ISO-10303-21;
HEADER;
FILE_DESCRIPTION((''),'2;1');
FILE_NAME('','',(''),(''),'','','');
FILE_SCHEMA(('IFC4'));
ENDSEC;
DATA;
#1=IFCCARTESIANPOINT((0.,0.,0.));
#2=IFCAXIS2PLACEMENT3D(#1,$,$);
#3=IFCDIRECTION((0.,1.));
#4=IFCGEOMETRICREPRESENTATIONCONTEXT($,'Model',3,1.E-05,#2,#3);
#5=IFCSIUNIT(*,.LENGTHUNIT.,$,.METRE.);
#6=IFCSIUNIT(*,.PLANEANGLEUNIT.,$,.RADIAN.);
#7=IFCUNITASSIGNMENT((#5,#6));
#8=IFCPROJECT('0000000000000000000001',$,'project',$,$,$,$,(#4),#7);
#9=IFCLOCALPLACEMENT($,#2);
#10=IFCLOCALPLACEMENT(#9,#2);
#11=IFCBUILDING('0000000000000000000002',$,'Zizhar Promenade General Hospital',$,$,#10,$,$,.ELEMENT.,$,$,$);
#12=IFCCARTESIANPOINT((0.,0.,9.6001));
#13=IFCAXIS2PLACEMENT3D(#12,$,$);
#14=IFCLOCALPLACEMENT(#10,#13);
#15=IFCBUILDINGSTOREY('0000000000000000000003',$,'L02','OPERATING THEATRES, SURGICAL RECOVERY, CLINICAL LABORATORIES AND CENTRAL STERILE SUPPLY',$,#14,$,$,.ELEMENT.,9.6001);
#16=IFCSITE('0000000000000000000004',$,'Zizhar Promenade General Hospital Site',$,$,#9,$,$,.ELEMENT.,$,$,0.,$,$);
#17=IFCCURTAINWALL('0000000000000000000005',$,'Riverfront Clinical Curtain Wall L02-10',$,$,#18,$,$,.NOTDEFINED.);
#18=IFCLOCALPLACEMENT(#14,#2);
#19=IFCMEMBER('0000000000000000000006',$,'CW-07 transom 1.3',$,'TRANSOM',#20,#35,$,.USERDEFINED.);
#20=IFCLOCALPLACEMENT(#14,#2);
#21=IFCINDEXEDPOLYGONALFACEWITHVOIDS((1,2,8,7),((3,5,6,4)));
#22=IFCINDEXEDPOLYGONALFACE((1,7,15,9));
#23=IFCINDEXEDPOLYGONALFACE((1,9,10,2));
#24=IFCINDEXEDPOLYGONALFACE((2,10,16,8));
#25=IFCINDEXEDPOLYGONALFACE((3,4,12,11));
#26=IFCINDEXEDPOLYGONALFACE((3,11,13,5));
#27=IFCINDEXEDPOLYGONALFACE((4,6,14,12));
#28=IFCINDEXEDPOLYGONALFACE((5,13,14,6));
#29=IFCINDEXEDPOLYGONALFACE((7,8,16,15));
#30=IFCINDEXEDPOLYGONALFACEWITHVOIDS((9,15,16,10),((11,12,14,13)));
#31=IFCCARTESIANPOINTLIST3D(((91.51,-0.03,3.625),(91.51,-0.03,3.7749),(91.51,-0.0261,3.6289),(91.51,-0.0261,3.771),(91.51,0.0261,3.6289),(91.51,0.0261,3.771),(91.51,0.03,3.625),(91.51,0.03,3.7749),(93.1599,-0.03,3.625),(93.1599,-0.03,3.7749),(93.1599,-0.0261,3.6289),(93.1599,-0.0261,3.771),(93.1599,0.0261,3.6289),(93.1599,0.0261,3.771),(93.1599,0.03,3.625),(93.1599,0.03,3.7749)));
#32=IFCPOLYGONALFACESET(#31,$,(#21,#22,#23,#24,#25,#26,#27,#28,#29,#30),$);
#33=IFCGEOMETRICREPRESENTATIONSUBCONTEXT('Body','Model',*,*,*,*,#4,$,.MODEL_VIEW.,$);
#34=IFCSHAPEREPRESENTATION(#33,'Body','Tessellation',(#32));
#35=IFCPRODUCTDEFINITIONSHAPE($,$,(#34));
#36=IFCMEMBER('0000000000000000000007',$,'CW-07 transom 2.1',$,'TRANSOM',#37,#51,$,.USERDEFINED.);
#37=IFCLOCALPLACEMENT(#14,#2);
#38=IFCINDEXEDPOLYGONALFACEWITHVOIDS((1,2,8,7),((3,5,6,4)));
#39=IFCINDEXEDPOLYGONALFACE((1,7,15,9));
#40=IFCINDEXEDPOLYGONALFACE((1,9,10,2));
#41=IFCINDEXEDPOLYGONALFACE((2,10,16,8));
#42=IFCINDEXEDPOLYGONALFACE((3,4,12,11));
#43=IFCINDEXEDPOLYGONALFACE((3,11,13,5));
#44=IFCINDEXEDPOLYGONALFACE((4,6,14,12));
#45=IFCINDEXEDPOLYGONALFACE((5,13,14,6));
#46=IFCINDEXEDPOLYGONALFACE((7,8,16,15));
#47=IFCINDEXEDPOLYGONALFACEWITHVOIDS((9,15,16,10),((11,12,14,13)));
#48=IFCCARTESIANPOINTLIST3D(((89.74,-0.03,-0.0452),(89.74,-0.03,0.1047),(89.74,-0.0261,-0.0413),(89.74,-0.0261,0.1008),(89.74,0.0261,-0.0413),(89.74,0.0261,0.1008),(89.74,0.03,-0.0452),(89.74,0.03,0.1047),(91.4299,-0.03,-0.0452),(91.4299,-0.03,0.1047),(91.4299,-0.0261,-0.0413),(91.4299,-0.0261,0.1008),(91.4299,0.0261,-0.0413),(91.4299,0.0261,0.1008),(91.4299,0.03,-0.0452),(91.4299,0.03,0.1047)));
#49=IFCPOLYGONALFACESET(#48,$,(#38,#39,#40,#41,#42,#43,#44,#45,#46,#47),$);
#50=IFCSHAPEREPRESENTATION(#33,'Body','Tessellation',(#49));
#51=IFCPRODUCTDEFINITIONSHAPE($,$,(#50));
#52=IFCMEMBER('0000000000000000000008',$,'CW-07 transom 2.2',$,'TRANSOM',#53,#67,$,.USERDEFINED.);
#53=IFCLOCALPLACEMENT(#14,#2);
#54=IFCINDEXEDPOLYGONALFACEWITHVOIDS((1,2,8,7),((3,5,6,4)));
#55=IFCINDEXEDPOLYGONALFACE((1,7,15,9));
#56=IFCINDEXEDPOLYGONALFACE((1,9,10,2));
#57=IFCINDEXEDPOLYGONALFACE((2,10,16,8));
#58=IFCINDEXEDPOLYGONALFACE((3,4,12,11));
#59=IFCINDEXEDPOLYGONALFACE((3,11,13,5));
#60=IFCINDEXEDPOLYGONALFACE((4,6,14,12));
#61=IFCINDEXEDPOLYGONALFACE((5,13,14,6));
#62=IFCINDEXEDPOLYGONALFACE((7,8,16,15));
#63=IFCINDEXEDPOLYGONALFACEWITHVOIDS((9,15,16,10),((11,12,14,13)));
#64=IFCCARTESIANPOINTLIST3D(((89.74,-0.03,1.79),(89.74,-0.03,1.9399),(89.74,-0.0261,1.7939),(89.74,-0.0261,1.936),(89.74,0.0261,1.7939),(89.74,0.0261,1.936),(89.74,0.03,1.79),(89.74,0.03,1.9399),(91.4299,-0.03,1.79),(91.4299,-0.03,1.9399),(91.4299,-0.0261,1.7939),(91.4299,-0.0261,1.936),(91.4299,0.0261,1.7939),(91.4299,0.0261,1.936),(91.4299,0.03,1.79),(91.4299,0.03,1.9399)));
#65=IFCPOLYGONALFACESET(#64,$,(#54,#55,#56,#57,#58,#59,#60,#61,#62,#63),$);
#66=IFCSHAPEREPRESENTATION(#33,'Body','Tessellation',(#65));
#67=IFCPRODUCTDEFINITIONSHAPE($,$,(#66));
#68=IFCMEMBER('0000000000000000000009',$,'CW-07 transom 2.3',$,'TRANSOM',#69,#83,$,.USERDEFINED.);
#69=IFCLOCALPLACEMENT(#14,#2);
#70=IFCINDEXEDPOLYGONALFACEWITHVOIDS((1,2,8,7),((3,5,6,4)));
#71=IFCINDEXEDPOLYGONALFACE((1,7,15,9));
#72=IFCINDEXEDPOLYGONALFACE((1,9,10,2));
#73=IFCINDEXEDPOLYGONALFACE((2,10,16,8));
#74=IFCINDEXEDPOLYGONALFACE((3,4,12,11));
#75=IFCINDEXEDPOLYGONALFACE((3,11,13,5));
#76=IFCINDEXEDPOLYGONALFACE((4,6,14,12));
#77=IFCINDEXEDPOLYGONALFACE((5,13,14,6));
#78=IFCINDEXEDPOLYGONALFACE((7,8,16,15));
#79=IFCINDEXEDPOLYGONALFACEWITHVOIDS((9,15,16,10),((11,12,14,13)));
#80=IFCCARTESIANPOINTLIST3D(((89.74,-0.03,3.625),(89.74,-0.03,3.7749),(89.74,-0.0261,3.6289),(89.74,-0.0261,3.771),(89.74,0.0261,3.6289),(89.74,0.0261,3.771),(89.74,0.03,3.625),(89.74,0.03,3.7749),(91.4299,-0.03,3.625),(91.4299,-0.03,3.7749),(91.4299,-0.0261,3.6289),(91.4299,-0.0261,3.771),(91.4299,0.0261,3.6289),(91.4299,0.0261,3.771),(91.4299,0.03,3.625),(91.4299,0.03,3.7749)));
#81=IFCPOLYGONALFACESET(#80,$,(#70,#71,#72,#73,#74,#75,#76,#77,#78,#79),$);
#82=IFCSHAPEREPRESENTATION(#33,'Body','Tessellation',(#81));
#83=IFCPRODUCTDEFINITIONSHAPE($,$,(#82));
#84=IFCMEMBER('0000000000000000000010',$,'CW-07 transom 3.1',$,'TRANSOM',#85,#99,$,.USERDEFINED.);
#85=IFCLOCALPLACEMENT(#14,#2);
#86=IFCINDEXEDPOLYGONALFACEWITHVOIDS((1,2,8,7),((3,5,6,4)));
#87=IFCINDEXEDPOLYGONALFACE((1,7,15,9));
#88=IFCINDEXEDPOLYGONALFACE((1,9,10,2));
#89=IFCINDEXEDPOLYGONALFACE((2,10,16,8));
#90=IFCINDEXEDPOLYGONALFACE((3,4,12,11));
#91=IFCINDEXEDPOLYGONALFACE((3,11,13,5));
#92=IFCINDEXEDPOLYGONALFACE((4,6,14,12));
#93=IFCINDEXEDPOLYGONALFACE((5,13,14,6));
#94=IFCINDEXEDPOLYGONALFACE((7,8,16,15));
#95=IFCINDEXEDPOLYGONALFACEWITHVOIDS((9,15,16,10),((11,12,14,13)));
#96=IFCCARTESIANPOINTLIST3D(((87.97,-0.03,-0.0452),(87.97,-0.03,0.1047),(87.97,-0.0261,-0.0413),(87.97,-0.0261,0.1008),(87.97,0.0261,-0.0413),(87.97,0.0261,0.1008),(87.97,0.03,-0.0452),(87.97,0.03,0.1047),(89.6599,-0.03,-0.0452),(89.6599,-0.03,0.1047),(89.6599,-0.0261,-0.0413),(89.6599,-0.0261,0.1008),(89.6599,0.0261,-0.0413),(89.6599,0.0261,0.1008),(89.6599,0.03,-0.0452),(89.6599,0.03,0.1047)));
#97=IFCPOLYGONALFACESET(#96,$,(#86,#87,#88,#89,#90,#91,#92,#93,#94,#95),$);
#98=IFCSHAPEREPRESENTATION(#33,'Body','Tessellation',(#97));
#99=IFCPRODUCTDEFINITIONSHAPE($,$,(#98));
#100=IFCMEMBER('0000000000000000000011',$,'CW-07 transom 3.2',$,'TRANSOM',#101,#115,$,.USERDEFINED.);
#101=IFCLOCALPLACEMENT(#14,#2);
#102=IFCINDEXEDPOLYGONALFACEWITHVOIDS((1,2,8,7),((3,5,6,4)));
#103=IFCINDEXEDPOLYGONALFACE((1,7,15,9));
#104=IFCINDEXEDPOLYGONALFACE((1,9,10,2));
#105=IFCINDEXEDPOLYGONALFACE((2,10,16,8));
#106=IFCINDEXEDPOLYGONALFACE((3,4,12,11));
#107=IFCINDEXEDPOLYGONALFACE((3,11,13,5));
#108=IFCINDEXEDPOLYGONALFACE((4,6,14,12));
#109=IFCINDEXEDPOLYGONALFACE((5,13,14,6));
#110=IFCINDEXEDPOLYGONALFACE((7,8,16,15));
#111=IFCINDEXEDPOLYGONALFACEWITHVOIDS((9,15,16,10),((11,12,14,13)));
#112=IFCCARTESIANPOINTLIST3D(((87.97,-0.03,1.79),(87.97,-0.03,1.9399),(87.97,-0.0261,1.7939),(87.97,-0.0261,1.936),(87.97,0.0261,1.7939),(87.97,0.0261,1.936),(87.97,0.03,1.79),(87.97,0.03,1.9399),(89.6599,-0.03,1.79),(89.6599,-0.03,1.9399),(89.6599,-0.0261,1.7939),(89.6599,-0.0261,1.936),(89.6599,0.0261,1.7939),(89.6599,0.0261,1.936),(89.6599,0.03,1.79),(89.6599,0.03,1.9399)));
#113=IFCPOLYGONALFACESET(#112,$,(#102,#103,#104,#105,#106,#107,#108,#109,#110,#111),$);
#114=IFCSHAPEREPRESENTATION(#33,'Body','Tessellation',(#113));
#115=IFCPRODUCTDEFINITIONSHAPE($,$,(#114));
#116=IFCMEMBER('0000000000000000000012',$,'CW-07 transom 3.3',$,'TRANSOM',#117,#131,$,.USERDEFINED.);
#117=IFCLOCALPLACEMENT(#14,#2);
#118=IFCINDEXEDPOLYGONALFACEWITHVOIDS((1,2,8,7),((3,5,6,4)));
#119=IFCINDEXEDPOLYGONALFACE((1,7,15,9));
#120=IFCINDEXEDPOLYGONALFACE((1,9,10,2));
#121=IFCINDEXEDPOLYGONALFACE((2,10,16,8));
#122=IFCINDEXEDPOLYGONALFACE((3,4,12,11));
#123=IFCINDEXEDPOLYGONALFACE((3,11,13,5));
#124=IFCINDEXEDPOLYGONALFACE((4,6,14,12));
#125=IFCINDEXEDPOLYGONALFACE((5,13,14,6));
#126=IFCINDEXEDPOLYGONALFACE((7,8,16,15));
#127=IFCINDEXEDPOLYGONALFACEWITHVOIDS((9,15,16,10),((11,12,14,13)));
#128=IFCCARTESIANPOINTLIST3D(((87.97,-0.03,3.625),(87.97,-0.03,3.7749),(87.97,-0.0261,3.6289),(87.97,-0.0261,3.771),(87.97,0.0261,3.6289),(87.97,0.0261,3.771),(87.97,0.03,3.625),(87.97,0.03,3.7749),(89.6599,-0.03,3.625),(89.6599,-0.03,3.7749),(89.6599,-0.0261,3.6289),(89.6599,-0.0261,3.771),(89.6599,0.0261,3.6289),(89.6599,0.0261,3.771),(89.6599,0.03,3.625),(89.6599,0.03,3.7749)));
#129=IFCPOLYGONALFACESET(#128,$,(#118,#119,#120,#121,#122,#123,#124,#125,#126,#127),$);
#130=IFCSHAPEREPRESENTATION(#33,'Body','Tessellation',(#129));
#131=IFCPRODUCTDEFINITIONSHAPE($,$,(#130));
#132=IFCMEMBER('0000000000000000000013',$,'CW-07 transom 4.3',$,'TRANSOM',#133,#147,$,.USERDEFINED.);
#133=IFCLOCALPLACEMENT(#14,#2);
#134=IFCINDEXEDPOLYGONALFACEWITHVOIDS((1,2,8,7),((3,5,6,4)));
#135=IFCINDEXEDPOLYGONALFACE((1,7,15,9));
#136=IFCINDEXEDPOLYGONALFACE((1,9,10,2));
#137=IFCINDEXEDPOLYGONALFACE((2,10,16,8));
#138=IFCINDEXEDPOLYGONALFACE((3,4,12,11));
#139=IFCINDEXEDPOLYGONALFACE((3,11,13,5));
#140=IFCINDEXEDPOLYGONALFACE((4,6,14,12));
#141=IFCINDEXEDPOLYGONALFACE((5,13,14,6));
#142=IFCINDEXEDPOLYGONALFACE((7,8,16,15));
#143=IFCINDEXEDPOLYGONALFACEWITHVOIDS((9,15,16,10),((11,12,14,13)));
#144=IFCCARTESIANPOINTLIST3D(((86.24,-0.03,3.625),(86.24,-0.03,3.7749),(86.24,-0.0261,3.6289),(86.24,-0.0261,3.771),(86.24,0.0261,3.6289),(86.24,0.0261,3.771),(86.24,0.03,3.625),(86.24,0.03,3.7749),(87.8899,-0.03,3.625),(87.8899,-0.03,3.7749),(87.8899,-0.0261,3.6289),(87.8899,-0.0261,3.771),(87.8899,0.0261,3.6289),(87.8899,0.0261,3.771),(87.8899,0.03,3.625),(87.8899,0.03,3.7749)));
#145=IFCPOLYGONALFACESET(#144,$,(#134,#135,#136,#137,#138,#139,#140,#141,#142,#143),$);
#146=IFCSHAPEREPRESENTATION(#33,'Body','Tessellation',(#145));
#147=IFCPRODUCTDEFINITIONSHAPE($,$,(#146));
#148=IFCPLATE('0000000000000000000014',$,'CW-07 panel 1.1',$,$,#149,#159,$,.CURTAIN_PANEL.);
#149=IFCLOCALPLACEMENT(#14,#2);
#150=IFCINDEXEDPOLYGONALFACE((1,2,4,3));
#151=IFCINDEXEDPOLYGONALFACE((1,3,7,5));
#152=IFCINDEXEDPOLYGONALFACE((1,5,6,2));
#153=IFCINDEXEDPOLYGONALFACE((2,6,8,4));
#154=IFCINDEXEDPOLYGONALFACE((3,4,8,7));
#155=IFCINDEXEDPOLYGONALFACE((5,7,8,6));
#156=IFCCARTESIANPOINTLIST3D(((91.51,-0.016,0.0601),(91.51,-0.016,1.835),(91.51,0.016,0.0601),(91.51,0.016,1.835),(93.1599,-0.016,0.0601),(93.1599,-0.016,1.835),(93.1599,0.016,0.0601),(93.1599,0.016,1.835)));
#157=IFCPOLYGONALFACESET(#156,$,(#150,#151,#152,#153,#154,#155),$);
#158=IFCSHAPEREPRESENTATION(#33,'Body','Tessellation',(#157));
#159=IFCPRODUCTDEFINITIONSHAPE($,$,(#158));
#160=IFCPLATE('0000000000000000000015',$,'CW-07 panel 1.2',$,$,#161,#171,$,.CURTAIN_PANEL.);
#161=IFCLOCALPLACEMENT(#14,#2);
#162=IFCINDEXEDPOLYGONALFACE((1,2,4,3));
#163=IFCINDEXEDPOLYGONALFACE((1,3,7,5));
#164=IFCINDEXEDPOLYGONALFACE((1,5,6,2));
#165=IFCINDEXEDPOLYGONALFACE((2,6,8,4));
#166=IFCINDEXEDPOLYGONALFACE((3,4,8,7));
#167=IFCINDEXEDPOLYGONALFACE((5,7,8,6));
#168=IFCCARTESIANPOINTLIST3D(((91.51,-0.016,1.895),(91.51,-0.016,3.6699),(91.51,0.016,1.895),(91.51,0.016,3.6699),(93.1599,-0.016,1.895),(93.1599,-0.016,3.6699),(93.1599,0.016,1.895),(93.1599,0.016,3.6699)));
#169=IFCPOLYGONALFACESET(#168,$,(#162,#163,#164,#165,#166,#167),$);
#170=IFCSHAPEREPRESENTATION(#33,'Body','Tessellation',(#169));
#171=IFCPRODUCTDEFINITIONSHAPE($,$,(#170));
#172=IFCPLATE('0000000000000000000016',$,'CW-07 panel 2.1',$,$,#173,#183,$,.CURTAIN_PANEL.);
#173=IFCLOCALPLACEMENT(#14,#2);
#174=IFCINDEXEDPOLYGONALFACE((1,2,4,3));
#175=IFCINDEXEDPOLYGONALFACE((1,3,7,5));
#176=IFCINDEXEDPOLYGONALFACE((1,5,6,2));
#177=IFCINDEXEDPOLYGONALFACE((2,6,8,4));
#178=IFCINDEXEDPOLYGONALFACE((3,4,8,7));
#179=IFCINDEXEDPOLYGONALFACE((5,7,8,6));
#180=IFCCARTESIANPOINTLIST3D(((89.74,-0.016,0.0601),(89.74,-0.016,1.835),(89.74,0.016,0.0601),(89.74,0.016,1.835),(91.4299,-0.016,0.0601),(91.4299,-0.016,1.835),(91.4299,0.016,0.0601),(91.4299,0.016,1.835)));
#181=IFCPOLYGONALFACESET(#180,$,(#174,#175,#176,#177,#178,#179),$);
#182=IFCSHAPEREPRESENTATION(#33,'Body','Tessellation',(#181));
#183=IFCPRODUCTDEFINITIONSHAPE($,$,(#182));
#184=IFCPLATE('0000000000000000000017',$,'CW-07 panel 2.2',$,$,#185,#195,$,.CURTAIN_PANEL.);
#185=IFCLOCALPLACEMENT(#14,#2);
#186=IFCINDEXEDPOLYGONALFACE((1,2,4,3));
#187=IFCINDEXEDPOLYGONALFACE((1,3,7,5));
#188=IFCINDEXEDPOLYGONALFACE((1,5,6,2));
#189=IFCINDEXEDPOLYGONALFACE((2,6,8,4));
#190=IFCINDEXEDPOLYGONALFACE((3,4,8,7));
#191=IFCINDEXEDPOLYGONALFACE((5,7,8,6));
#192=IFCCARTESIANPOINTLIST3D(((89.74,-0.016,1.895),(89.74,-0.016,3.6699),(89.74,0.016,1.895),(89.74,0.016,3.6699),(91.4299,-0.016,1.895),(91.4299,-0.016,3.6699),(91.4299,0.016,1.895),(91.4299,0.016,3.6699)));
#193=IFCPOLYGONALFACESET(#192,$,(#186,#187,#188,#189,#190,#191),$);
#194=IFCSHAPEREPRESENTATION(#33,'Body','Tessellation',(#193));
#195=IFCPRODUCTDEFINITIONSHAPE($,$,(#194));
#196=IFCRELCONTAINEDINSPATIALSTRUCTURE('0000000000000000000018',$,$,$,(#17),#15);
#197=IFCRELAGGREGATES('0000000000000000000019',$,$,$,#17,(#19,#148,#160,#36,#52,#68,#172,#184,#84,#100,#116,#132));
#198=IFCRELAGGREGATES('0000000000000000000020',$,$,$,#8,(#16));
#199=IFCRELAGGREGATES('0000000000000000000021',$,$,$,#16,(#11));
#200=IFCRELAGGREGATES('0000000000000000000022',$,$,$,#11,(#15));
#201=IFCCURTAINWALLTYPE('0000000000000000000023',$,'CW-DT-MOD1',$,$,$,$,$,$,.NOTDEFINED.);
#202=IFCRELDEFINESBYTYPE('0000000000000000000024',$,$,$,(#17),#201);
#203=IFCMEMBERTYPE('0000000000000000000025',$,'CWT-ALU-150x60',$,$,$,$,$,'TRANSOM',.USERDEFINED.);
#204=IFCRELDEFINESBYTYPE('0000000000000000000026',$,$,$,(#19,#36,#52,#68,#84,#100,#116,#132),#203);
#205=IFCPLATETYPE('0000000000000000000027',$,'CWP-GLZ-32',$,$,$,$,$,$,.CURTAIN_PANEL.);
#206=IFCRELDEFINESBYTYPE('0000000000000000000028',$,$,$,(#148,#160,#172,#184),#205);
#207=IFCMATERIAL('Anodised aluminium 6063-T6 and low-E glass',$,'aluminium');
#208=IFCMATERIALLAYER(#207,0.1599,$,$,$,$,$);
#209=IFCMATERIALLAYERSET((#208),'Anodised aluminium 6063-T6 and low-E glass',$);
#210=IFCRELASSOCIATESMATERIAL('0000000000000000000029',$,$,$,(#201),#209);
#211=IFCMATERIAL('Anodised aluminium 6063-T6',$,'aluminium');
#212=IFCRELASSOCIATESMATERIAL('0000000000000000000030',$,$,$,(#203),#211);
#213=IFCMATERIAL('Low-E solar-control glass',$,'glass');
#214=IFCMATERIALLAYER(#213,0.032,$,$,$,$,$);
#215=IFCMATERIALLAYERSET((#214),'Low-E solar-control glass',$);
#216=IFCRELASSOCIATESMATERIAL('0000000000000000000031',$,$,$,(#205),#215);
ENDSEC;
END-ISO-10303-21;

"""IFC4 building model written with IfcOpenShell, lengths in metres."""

from ifc_helpers import new_model, si_unit, direction, frame, origin, origin_2d, place, context, subcontext, project, spatial, rectangle, hollow_rectangle, extrude, material, layer, layer_set, material_profile, profile_set, type_object, element, aggregate, save


model = new_model("IFC4")

# Units and contexts
model_context = context("Model", 3, precision=1e-05, world=origin(), true_north=direction((0.0, 1.0)))
body_context = subcontext(model_context, "Body", "Model", "MODEL_VIEW")
ifc_project = project(units=[si_unit("LENGTHUNIT", "METRE"), si_unit("PLANEANGLEUNIT", "RADIAN")], contexts=[model_context])

# Site, building, storey
site_placement = place(None, origin())
site = spatial("IfcSite", under=ifc_project, at=site_placement, Name="Zizhar Promenade General Hospital Site", CompositionType="ELEMENT", RefElevation=0.0)
building_placement = place(site_placement, origin())
building = spatial("IfcBuilding", under=site, at=building_placement, Name="Zizhar Promenade General Hospital", CompositionType="ELEMENT")
storey_placement = place(building_placement, frame((0.0, 0.0, 9.6001)))
storey = spatial("IfcBuildingStorey", under=building, at=storey_placement, Name="L02", Description="OPERATING THEATRES, SURGICAL RECOVERY, CLINICAL LABORATORIES AND CENTRAL STERILE SUPPLY", CompositionType="ELEMENT", Elevation=9.6001)

# Curtain wall, members, plates
ifc_material_1 = material(Name="Anodised aluminium 6063-T6 and low-E glass", Category="aluminium")
ifc_layer_1 = layer(ifc_material_1, 0.1599)
ifc_layer_set_1 = layer_set([ifc_layer_1], Name="Anodised aluminium 6063-T6 and low-E glass")
curtain_wall_type = type_object("IfcCurtainWallType", Name="CW-DT-MOD1", PredefinedType="NOTDEFINED", material=ifc_layer_set_1)
curtain_wall_placement = place(storey_placement, origin())
curtain_wall = element("IfcCurtainWall", 1, at=curtain_wall_placement, inside=storey, type_object=curtain_wall_type, Name="Riverfront Clinical Curtain Wall L02-10", PredefinedType="NOTDEFINED")
ifc_material_2 = material(Name="Anodised aluminium 6063-T6", Category="aluminium")
ifc_material_profile_1 = material_profile(ifc_material_2, hollow_rectangle(XDim=0.0601, YDim=0.1499, WallThickness=0.0039, at=origin_2d()))
ifc_profile_set_1 = profile_set([ifc_material_profile_1], Name="Anodised aluminium 6063-T6")
member_type_1 = type_object("IfcMemberType", Name="CWT-ALU-150x60", ElementType="TRANSOM", PredefinedType="USERDEFINED", material=ifc_profile_set_1)
member_1_placement = place(storey_placement, frame((93.1599, 0.0, 3.7), z_axis=(-1.0, 0.0, 0.0), x_axis=(0.0, -1.0, 0.0)))
member_1 = element("IfcMember", 2, at=member_1_placement, type_object=member_type_1, Name="CW-07 transom 1.3", ObjectType="TRANSOM", PredefinedType="USERDEFINED", context=body_context, shape_type="SweptSolid", body=[
    extrude(hollow_rectangle(XDim=0.0601, YDim=0.1499, WallThickness=0.0039, at=origin_2d()), origin(), (0.0, 0.0, 1.0), 1.6499),
])
member_2_placement = place(storey_placement, frame((91.4299, 0.0, 0.0298), z_axis=(-1.0, 0.0, 0.0), x_axis=(0.0, -1.0, 0.0)))
member_2 = element("IfcMember", 3, at=member_2_placement, type_object=member_type_1, Name="CW-07 transom 2.1", ObjectType="TRANSOM", PredefinedType="USERDEFINED", context=body_context, shape_type="SweptSolid", body=[
    extrude(hollow_rectangle(XDim=0.0601, YDim=0.1499, WallThickness=0.0039, at=origin_2d()), origin(), (0.0, 0.0, 1.0), 1.6899),
])
member_3_placement = place(storey_placement, frame((91.4299, 0.0, 1.865), z_axis=(-1.0, 0.0, 0.0), x_axis=(0.0, -1.0, 0.0)))
member_3 = element("IfcMember", 4, at=member_3_placement, type_object=member_type_1, Name="CW-07 transom 2.2", ObjectType="TRANSOM", PredefinedType="USERDEFINED", context=body_context, shape_type="SweptSolid", body=[
    extrude(hollow_rectangle(XDim=0.0601, YDim=0.1499, WallThickness=0.0039, at=origin_2d()), origin(), (0.0, 0.0, 1.0), 1.6899),
])
member_4_placement = place(storey_placement, frame((91.4299, 0.0, 3.7), z_axis=(-1.0, 0.0, 0.0), x_axis=(0.0, -1.0, 0.0)))
member_4 = element("IfcMember", 5, at=member_4_placement, type_object=member_type_1, Name="CW-07 transom 2.3", ObjectType="TRANSOM", PredefinedType="USERDEFINED", context=body_context, shape_type="SweptSolid", body=[
    extrude(hollow_rectangle(XDim=0.0601, YDim=0.1499, WallThickness=0.0039, at=origin_2d()), origin(), (0.0, 0.0, 1.0), 1.6899),
])
member_5_placement = place(storey_placement, frame((89.6599, 0.0, 0.0298), z_axis=(-1.0, 0.0, 0.0), x_axis=(0.0, -1.0, 0.0)))
member_5 = element("IfcMember", 6, at=member_5_placement, type_object=member_type_1, Name="CW-07 transom 3.1", ObjectType="TRANSOM", PredefinedType="USERDEFINED", context=body_context, shape_type="SweptSolid", body=[
    extrude(hollow_rectangle(XDim=0.0601, YDim=0.1499, WallThickness=0.0039, at=origin_2d()), origin(), (0.0, 0.0, 1.0), 1.6899),
])
member_6_placement = place(storey_placement, frame((89.6599, 0.0, 1.865), z_axis=(-1.0, 0.0, 0.0), x_axis=(0.0, -1.0, 0.0)))
member_6 = element("IfcMember", 7, at=member_6_placement, type_object=member_type_1, Name="CW-07 transom 3.2", ObjectType="TRANSOM", PredefinedType="USERDEFINED", context=body_context, shape_type="SweptSolid", body=[
    extrude(hollow_rectangle(XDim=0.0601, YDim=0.1499, WallThickness=0.0039, at=origin_2d()), origin(), (0.0, 0.0, 1.0), 1.6899),
])
member_7_placement = place(storey_placement, frame((89.6599, 0.0, 3.7), z_axis=(-1.0, 0.0, 0.0), x_axis=(0.0, -1.0, 0.0)))
member_7 = element("IfcMember", 8, at=member_7_placement, type_object=member_type_1, Name="CW-07 transom 3.3", ObjectType="TRANSOM", PredefinedType="USERDEFINED", context=body_context, shape_type="SweptSolid", body=[
    extrude(hollow_rectangle(XDim=0.0601, YDim=0.1499, WallThickness=0.0039, at=origin_2d()), origin(), (0.0, 0.0, 1.0), 1.6899),
])
member_8_placement = place(storey_placement, frame((87.8899, 0.0, 3.7), z_axis=(-1.0, 0.0, 0.0), x_axis=(0.0, -1.0, 0.0)))
member_8 = element("IfcMember", 9, at=member_8_placement, type_object=member_type_1, Name="CW-07 transom 4.3", ObjectType="TRANSOM", PredefinedType="USERDEFINED", context=body_context, shape_type="SweptSolid", body=[
    extrude(hollow_rectangle(XDim=0.0601, YDim=0.1499, WallThickness=0.0039, at=origin_2d()), origin(), (0.0, 0.0, 1.0), 1.6499),
])
ifc_material_3 = material(Name="Low-E solar-control glass", Category="glass")
ifc_layer_2 = layer(ifc_material_3, 0.032)
ifc_layer_set_2 = layer_set([ifc_layer_2], Name="Low-E solar-control glass")
plate_type = type_object("IfcPlateType", Name="CWP-GLZ-32", PredefinedType="CURTAIN_PANEL", material=ifc_layer_set_2)
plate_1_placement = place(storey_placement, frame((92.335, 0.0, 0.0601), z_axis=(0.0, 0.0, 1.0), x_axis=(-1.0, 0.0, 0.0)))
plate_1 = element("IfcPlate", 10, at=plate_1_placement, type_object=plate_type, Name="CW-07 panel 1.1", PredefinedType="CURTAIN_PANEL", context=body_context, shape_type="SweptSolid", body=[
    extrude(rectangle(XDim=1.6499, YDim=0.032, at=origin_2d()), origin(), (0.0, 0.0, 1.0), 1.7749),
])
plate_2_placement = place(storey_placement, frame((92.335, 0.0, 1.895), z_axis=(0.0, 0.0, 1.0), x_axis=(-1.0, 0.0, 0.0)))
plate_2 = element("IfcPlate", 11, at=plate_2_placement, type_object=plate_type, Name="CW-07 panel 1.2", PredefinedType="CURTAIN_PANEL", context=body_context, shape_type="SweptSolid", body=[
    extrude(rectangle(XDim=1.6499, YDim=0.032, at=origin_2d()), origin(), (0.0, 0.0, 1.0), 1.7749),
])
plate_3_placement = place(storey_placement, frame((90.585, 0.0, 0.0601), z_axis=(0.0, 0.0, 1.0), x_axis=(-1.0, 0.0, 0.0)))
plate_3 = element("IfcPlate", 12, at=plate_3_placement, type_object=plate_type, Name="CW-07 panel 2.1", PredefinedType="CURTAIN_PANEL", context=body_context, shape_type="SweptSolid", body=[
    extrude(rectangle(XDim=1.6899, YDim=0.032, at=origin_2d()), origin(), (0.0, 0.0, 1.0), 1.7749),
])
plate_4_placement = place(storey_placement, frame((90.585, 0.0, 1.895), z_axis=(0.0, 0.0, 1.0), x_axis=(-1.0, 0.0, 0.0)))
plate_4 = element("IfcPlate", 13, at=plate_4_placement, type_object=plate_type, Name="CW-07 panel 2.2", PredefinedType="CURTAIN_PANEL", context=body_context, shape_type="SweptSolid", body=[
    extrude(rectangle(XDim=1.6899, YDim=0.032, at=origin_2d()), origin(), (0.0, 0.0, 1.0), 1.7749),
])
aggregate(curtain_wall, [member_1, plate_1, plate_2, member_2, member_3, member_4, plate_3, plate_4, member_5, member_6, member_7, member_8])

save(model, "model.ifc")
